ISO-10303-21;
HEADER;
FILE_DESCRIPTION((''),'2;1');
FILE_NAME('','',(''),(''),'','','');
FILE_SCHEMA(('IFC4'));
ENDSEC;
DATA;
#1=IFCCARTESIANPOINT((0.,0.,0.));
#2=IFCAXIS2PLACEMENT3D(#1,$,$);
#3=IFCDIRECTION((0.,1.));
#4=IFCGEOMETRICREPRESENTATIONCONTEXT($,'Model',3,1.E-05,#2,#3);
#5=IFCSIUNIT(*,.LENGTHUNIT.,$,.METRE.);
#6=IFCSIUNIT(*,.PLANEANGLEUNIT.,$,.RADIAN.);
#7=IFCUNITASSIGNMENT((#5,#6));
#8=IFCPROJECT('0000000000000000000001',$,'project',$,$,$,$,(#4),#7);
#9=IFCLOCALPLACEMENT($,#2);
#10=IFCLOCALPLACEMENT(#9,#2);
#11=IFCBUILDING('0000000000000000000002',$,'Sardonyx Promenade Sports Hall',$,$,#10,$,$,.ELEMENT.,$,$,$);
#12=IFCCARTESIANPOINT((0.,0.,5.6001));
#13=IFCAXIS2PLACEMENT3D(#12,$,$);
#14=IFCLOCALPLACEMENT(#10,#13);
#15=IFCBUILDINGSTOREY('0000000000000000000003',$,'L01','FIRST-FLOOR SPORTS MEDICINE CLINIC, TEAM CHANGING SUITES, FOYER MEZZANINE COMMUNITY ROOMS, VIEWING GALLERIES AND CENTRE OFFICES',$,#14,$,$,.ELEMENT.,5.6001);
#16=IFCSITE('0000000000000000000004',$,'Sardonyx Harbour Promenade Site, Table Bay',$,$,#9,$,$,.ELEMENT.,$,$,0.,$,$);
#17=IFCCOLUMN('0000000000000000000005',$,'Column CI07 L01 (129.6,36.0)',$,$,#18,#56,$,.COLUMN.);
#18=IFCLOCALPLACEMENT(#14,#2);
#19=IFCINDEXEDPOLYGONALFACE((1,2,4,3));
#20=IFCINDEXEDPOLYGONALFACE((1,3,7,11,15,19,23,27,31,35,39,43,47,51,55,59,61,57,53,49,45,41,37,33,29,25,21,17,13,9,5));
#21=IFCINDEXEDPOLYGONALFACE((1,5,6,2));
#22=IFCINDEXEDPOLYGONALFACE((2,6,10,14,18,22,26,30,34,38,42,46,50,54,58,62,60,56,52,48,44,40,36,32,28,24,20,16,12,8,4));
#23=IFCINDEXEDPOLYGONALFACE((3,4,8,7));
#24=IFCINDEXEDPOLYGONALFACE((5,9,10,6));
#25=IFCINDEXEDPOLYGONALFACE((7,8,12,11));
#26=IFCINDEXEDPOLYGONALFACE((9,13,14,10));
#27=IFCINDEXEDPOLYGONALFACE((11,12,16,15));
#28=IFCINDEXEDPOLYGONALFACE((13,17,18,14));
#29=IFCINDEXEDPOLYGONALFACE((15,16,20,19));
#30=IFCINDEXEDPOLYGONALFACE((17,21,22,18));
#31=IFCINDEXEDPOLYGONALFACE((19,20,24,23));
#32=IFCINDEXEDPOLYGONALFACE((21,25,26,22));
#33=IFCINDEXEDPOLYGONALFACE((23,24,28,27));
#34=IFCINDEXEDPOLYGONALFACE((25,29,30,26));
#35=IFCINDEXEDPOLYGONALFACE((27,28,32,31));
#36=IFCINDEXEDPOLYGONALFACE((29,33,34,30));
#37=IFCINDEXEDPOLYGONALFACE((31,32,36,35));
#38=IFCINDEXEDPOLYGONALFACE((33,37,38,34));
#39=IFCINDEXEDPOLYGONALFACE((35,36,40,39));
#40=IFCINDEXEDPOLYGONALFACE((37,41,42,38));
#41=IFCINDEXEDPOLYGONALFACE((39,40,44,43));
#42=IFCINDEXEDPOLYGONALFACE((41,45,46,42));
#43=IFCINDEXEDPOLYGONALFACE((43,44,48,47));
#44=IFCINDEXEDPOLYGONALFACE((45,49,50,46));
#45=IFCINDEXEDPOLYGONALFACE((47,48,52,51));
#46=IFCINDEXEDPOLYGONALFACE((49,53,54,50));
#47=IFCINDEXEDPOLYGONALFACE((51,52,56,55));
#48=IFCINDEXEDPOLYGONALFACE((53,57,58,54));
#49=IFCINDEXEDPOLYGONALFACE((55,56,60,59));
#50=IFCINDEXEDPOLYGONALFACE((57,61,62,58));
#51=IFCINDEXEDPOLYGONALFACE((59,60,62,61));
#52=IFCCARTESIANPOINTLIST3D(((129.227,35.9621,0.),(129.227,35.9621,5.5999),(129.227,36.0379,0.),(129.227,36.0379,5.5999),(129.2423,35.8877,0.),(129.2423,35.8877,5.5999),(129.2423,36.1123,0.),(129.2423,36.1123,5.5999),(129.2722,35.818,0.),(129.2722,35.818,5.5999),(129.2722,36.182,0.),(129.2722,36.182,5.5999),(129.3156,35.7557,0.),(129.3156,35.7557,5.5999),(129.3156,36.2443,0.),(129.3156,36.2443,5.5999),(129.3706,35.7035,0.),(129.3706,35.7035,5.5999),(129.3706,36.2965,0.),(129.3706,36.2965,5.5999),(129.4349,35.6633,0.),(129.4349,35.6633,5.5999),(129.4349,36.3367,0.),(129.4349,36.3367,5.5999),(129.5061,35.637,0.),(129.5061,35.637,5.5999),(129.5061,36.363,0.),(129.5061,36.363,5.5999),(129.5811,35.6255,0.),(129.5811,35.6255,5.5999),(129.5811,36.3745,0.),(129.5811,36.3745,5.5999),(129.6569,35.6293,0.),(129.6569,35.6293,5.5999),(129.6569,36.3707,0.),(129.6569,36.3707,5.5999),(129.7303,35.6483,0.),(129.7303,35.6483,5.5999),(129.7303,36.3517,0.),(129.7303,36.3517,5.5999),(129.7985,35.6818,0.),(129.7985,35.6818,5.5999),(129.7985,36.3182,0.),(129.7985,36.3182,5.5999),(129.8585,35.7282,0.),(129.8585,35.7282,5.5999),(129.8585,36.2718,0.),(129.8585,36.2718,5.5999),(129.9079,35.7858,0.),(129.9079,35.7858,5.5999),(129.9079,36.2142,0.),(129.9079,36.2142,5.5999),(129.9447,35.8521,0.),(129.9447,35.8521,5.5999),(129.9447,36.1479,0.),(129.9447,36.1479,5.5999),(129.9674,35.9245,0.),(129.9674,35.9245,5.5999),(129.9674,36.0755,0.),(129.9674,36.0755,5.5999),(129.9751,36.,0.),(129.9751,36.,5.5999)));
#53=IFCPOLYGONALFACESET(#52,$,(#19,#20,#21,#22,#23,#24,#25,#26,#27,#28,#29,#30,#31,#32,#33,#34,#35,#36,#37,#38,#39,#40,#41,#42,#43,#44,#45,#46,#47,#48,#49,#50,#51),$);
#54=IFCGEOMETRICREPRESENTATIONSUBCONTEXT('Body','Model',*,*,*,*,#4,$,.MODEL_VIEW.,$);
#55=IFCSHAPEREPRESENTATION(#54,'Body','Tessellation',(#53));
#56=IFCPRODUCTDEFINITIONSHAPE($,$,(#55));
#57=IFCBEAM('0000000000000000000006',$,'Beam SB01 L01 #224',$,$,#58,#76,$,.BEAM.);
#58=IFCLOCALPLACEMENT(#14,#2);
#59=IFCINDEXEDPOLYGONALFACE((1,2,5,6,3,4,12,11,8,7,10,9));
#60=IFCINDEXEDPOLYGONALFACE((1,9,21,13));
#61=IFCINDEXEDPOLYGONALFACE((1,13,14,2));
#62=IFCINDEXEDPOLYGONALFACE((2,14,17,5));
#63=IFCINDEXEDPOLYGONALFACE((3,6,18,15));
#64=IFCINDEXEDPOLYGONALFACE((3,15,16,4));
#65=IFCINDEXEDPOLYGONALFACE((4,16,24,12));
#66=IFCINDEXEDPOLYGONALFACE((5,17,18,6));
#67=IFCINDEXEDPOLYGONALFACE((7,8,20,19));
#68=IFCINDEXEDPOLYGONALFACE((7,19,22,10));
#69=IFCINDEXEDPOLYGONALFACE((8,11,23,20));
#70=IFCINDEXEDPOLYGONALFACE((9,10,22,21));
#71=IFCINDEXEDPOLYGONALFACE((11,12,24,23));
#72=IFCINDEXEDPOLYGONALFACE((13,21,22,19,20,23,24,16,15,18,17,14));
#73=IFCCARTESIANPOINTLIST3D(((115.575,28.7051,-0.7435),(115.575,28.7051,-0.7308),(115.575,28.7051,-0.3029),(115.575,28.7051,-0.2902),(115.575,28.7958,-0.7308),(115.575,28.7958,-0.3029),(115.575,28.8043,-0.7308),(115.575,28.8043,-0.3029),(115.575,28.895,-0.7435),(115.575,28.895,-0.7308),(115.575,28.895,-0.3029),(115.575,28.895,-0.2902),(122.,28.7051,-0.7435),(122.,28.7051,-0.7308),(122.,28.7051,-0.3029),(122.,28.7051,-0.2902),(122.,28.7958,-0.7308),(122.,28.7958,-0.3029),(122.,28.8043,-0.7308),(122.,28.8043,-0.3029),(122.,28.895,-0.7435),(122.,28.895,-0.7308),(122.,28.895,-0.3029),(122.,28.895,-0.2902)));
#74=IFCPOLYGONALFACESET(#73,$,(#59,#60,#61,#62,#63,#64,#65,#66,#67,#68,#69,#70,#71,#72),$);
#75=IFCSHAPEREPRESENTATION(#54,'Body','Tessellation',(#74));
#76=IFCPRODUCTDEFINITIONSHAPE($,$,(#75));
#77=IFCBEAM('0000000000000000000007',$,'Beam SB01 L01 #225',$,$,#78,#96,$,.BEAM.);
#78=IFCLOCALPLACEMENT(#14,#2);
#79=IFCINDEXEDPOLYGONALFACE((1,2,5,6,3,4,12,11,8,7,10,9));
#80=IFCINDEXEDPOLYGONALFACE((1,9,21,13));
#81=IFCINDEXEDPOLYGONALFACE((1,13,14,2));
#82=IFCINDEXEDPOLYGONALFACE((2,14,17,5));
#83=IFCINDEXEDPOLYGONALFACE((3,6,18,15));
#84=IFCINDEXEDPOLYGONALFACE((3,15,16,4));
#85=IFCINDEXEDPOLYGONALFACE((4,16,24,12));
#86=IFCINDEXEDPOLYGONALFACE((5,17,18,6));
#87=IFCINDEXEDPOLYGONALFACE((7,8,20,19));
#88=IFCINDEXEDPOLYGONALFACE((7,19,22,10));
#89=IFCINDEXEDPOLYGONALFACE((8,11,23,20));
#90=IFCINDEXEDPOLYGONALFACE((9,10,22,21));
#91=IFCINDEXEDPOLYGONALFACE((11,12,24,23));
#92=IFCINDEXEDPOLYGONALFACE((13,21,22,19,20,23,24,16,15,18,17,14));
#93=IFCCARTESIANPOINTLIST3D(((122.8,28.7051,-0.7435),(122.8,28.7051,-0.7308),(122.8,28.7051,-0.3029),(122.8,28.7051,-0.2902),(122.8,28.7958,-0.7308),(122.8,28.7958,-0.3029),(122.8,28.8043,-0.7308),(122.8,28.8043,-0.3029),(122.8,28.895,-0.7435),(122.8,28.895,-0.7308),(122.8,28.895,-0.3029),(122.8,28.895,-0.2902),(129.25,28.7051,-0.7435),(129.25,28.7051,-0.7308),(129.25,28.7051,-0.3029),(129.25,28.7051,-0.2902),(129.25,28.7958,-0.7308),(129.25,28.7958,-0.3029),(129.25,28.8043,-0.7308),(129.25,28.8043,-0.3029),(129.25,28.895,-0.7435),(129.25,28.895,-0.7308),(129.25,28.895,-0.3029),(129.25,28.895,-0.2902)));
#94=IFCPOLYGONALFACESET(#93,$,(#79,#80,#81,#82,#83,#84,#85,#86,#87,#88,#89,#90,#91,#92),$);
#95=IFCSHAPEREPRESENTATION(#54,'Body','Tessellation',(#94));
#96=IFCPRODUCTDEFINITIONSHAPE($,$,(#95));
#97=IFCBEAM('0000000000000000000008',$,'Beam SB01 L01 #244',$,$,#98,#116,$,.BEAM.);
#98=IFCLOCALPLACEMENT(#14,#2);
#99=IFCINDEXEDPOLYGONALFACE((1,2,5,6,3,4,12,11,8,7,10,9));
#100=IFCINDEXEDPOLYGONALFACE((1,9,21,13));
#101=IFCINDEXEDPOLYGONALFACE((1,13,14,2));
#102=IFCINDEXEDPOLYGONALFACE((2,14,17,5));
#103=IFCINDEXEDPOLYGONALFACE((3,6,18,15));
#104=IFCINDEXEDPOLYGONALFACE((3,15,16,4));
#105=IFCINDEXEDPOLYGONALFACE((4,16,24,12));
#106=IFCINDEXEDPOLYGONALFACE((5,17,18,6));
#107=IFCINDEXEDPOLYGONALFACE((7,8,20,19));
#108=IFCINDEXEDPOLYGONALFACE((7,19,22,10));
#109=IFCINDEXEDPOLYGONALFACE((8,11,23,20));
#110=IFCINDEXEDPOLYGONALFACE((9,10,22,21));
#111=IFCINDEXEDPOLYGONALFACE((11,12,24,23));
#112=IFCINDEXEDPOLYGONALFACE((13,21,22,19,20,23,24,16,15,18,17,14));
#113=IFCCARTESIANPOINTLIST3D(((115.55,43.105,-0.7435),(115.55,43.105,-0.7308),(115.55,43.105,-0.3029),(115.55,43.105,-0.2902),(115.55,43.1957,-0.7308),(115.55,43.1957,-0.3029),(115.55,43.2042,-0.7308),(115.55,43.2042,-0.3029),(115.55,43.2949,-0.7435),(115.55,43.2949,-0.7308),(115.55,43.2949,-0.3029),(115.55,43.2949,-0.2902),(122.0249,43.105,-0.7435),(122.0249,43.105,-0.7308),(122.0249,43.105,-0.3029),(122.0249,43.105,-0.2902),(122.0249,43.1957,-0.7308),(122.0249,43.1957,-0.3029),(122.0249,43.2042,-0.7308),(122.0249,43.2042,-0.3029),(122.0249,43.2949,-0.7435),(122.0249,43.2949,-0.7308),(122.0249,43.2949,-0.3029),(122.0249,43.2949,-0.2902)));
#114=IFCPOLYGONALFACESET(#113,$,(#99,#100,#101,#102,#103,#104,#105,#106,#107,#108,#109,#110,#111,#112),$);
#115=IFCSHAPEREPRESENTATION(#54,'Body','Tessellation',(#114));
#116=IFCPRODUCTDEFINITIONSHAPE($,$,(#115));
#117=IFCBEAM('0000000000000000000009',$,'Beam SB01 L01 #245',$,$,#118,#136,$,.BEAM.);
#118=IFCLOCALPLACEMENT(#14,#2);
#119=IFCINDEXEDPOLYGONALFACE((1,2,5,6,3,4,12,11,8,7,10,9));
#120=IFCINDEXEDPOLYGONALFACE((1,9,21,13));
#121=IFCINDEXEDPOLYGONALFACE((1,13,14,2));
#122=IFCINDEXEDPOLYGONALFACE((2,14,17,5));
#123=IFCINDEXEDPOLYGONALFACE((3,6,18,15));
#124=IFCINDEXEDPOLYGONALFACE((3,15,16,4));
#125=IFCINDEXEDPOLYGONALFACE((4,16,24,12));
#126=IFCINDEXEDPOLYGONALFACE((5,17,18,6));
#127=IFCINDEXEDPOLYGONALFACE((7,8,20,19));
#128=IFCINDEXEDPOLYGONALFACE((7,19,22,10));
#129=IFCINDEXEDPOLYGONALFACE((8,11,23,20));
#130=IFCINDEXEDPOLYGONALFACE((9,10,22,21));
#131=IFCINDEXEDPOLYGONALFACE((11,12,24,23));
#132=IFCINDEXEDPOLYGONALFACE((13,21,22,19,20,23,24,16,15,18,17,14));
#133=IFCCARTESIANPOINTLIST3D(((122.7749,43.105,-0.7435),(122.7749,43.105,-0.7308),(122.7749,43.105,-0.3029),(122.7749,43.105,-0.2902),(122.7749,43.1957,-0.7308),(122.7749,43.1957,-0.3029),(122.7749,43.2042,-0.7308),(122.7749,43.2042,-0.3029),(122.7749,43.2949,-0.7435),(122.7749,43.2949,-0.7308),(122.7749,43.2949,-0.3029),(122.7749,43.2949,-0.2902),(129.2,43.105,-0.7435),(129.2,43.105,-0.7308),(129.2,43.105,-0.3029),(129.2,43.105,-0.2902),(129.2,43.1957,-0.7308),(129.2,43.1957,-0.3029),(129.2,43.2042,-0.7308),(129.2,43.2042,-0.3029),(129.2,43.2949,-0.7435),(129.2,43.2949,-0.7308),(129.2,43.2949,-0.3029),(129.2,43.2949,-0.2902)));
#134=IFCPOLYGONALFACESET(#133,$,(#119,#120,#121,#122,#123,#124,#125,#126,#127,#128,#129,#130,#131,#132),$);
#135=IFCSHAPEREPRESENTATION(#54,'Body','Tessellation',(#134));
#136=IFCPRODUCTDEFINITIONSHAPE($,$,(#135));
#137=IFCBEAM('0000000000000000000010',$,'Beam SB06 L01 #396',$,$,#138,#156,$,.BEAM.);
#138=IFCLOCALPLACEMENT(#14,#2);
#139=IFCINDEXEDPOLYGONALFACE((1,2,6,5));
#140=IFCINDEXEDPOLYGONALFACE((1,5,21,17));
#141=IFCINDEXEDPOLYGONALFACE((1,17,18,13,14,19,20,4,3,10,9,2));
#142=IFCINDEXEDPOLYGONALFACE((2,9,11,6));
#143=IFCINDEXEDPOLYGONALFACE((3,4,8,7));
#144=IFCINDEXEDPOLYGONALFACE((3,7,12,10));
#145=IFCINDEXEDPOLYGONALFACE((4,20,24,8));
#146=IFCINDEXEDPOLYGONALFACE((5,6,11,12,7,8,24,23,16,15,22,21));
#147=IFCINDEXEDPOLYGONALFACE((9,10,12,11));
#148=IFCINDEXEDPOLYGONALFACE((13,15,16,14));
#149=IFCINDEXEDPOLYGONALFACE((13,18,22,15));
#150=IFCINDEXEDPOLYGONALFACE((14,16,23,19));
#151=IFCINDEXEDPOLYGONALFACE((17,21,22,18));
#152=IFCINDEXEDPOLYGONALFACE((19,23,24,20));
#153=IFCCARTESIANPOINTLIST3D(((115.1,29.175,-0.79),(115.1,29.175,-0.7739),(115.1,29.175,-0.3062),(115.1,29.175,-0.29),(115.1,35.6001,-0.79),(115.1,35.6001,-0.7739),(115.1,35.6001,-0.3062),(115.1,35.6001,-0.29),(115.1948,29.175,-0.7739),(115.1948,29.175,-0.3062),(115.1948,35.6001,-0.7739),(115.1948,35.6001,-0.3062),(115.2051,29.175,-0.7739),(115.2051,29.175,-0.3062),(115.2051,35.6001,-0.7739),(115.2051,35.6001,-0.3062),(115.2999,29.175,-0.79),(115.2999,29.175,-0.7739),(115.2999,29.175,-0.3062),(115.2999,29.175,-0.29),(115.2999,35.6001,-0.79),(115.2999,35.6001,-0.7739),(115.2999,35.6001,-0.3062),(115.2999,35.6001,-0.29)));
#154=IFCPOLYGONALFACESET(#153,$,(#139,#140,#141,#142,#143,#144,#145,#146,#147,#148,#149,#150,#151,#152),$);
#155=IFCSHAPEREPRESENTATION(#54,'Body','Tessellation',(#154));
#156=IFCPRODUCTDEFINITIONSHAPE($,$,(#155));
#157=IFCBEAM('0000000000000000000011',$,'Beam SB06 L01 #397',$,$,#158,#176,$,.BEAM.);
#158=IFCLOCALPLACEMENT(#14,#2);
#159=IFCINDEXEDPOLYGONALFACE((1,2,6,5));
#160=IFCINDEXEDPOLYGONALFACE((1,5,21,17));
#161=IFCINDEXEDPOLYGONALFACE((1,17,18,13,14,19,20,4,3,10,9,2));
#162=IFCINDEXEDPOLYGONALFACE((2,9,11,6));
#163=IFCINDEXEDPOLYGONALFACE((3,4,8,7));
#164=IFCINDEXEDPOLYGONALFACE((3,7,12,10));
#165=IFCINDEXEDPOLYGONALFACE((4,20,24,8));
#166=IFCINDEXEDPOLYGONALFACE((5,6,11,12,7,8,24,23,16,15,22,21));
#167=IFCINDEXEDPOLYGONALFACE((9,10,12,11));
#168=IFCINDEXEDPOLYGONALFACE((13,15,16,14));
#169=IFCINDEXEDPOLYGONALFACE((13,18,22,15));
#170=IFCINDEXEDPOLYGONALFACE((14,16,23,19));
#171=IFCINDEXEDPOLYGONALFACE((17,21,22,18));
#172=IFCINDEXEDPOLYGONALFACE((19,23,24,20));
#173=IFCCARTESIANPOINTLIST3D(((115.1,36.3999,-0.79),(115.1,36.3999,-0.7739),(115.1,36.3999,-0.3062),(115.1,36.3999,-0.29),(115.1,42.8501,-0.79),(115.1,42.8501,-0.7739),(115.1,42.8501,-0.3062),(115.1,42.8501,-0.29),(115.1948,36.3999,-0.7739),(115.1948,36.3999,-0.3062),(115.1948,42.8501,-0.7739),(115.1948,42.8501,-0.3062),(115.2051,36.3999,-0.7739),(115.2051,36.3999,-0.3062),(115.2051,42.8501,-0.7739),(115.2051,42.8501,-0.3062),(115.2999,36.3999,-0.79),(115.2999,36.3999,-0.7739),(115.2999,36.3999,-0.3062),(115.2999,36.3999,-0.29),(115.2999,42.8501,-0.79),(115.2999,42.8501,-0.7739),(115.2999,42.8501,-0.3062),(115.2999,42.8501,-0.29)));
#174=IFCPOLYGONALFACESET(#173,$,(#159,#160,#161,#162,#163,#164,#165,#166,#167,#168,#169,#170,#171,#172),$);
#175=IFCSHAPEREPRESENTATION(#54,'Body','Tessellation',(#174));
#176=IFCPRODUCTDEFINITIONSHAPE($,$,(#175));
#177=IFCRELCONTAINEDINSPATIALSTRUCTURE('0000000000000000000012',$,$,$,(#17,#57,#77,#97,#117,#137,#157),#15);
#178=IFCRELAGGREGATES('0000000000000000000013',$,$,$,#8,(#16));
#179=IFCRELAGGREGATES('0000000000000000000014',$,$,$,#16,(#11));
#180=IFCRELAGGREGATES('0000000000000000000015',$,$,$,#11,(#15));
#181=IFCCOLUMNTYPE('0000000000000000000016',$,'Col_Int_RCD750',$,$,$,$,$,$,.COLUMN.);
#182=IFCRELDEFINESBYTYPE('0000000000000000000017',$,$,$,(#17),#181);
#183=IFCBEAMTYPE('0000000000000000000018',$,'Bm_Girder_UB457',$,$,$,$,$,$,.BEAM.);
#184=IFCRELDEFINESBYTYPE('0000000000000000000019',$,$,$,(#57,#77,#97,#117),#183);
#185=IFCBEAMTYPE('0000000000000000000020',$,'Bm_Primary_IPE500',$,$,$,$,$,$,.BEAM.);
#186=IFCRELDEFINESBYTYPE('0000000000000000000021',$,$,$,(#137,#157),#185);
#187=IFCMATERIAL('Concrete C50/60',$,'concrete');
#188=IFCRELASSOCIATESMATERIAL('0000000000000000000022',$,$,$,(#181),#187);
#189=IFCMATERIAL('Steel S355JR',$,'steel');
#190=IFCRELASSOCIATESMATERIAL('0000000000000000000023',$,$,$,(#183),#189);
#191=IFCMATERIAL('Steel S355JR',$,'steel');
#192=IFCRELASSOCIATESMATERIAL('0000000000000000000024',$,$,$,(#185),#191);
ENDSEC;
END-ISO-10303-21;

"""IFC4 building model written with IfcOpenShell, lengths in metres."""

from ifc_helpers import new_model, si_unit, direction, frame, origin, origin_2d, place, context, subcontext, project, spatial, circle, i_section, extrude, material, material_profile, profile_set, type_object, element, save


model = new_model("IFC4")

# Units and contexts
model_context = context("Model", 3, precision=1e-05, world=origin(), true_north=direction((0.0, 1.0)))
body_context = subcontext(model_context, "Body", "Model", "MODEL_VIEW")
ifc_project = project(units=[si_unit("LENGTHUNIT", "METRE"), si_unit("PLANEANGLEUNIT", "RADIAN")], contexts=[model_context])

# Site, building, storey
site_placement = place(None, origin())
site = spatial("IfcSite", under=ifc_project, at=site_placement, Name="Sardonyx Harbour Promenade Site, Table Bay", CompositionType="ELEMENT", RefElevation=0.0)
building_placement = place(site_placement, origin())
building = spatial("IfcBuilding", under=site, at=building_placement, Name="Sardonyx Promenade Sports Hall", CompositionType="ELEMENT")
storey_placement = place(building_placement, frame((0.0, 0.0, 5.6001)))
storey = spatial("IfcBuildingStorey", under=building, at=storey_placement, Name="L01", Description="FIRST-FLOOR SPORTS MEDICINE CLINIC, TEAM CHANGING SUITES, FOYER MEZZANINE COMMUNITY ROOMS, VIEWING GALLERIES AND CENTRE OFFICES", CompositionType="ELEMENT", Elevation=5.6001)

# Column
ifc_material_1 = material(Name="Concrete C50/60", Category="concrete")
ifc_material_profile_1 = material_profile(ifc_material_1, circle(Radius=0.375, at=origin_2d()))
ifc_profile_set_1 = profile_set([ifc_material_profile_1], Name="Concrete C50/60")
column_type_1 = type_object("IfcColumnType", Name="Col_Int_RCD750", PredefinedType="COLUMN", material=ifc_profile_set_1)
for number, where, z_axis, x_axis, name in (
    (1, (129.6001, 36.0, 0.0), (0.0, 0.0, 1.0), (1.0, 0.0, 0.0), "Column CI07 L01 (129.6,36.0)"),
):
    element("IfcColumn", number, at=place(storey_placement, frame(where, z_axis=z_axis, x_axis=x_axis)), inside=storey, type_object=column_type_1, Name=name, PredefinedType="COLUMN", context=body_context, shape_type="SweptSolid", body=[
        extrude(circle(Radius=0.375, at=origin_2d()), origin(), (0.0, 0.0, 1.0), 5.5999),
    ])

# Beams
ifc_material_2 = material(Name="Steel S355JR", Category="steel")
ifc_material_profile_2 = material_profile(ifc_material_2, i_section(OverallWidth=0.1899, OverallDepth=0.4534, WebThickness=0.0085, FlangeThickness=0.0127, at=origin_2d()))
ifc_profile_set_2 = profile_set([ifc_material_profile_2], Name="Steel S355JR")
beam_type_1 = type_object("IfcBeamType", Name="Bm_Girder_UB457", PredefinedType="BEAM", material=ifc_profile_set_2)
beam_1_placement = place(storey_placement, frame((115.575, 28.8, -0.5168), z_axis=(1.0, 0.0, 0.0), x_axis=(0.0, 1.0, 0.0)))
element("IfcBeam", 2, at=beam_1_placement, inside=storey, type_object=beam_type_1, Name="Beam SB01 L01 #224", PredefinedType="BEAM", context=body_context, shape_type="SweptSolid", body=[
    extrude(i_section(OverallWidth=0.1899, OverallDepth=0.4534, WebThickness=0.0085, FlangeThickness=0.0127, at=origin_2d()), origin(), (0.0, 0.0, 1.0), 6.425),
])
beam_2_placement = place(storey_placement, frame((122.8, 28.8, -0.5168), z_axis=(1.0, 0.0, 0.0), x_axis=(0.0, 1.0, 0.0)))
element("IfcBeam", 3, at=beam_2_placement, inside=storey, type_object=beam_type_1, Name="Beam SB01 L01 #225", PredefinedType="BEAM", context=body_context, shape_type="SweptSolid", body=[
    extrude(i_section(OverallWidth=0.1899, OverallDepth=0.4534, WebThickness=0.0085, FlangeThickness=0.0127, at=origin_2d()), origin(), (0.0, 0.0, 1.0), 6.45),
])
beam_3_placement = place(storey_placement, frame((115.55, 43.2, -0.5168), z_axis=(1.0, 0.0, 0.0), x_axis=(0.0, 1.0, 0.0)))
element("IfcBeam", 4, at=beam_3_placement, inside=storey, type_object=beam_type_1, Name="Beam SB01 L01 #244", PredefinedType="BEAM", context=body_context, shape_type="SweptSolid", body=[
    extrude(i_section(OverallWidth=0.1899, OverallDepth=0.4534, WebThickness=0.0085, FlangeThickness=0.0127, at=origin_2d()), origin(), (0.0, 0.0, 1.0), 6.4749),
])
beam_4_placement = place(storey_placement, frame((122.7749, 43.2, -0.5168), z_axis=(1.0, 0.0, 0.0), x_axis=(0.0, 1.0, 0.0)))
element("IfcBeam", 5, at=beam_4_placement, inside=storey, type_object=beam_type_1, Name="Beam SB01 L01 #245", PredefinedType="BEAM", context=body_context, shape_type="SweptSolid", body=[
    extrude(i_section(OverallWidth=0.1899, OverallDepth=0.4534, WebThickness=0.0085, FlangeThickness=0.0127, at=origin_2d()), origin(), (0.0, 0.0, 1.0), 6.425),
])
ifc_material_3 = material(Name="Steel S355JR", Category="steel")
ifc_material_profile_3 = material_profile(ifc_material_3, i_section(OverallWidth=0.2, OverallDepth=0.5, WebThickness=0.0103, FlangeThickness=0.0161, at=origin_2d()))
ifc_profile_set_3 = profile_set([ifc_material_profile_3], Name="Steel S355JR")
beam_type_2 = type_object("IfcBeamType", Name="Bm_Primary_IPE500", PredefinedType="BEAM", material=ifc_profile_set_3)
beam_5_placement = place(storey_placement, frame((115.2, 29.175, -0.54), z_axis=(0.0, 1.0, 0.0), x_axis=(-1.0, 0.0, 0.0)))
element("IfcBeam", 6, at=beam_5_placement, inside=storey, type_object=beam_type_2, Name="Beam SB06 L01 #396", PredefinedType="BEAM", context=body_context, shape_type="SweptSolid", body=[
    extrude(i_section(OverallWidth=0.2, OverallDepth=0.5, WebThickness=0.0103, FlangeThickness=0.0161, at=origin_2d()), origin(), (0.0, 0.0, 1.0), 6.425),
])
beam_6_placement = place(storey_placement, frame((115.2, 36.3999, -0.54), z_axis=(0.0, 1.0, 0.0), x_axis=(-1.0, 0.0, 0.0)))
element("IfcBeam", 7, at=beam_6_placement, inside=storey, type_object=beam_type_2, Name="Beam SB06 L01 #397", PredefinedType="BEAM", context=body_context, shape_type="SweptSolid", body=[
    extrude(i_section(OverallWidth=0.2, OverallDepth=0.5, WebThickness=0.0103, FlangeThickness=0.0161, at=origin_2d()), origin(), (0.0, 0.0, 1.0), 6.4502),
])

save(model, "model.ifc")
